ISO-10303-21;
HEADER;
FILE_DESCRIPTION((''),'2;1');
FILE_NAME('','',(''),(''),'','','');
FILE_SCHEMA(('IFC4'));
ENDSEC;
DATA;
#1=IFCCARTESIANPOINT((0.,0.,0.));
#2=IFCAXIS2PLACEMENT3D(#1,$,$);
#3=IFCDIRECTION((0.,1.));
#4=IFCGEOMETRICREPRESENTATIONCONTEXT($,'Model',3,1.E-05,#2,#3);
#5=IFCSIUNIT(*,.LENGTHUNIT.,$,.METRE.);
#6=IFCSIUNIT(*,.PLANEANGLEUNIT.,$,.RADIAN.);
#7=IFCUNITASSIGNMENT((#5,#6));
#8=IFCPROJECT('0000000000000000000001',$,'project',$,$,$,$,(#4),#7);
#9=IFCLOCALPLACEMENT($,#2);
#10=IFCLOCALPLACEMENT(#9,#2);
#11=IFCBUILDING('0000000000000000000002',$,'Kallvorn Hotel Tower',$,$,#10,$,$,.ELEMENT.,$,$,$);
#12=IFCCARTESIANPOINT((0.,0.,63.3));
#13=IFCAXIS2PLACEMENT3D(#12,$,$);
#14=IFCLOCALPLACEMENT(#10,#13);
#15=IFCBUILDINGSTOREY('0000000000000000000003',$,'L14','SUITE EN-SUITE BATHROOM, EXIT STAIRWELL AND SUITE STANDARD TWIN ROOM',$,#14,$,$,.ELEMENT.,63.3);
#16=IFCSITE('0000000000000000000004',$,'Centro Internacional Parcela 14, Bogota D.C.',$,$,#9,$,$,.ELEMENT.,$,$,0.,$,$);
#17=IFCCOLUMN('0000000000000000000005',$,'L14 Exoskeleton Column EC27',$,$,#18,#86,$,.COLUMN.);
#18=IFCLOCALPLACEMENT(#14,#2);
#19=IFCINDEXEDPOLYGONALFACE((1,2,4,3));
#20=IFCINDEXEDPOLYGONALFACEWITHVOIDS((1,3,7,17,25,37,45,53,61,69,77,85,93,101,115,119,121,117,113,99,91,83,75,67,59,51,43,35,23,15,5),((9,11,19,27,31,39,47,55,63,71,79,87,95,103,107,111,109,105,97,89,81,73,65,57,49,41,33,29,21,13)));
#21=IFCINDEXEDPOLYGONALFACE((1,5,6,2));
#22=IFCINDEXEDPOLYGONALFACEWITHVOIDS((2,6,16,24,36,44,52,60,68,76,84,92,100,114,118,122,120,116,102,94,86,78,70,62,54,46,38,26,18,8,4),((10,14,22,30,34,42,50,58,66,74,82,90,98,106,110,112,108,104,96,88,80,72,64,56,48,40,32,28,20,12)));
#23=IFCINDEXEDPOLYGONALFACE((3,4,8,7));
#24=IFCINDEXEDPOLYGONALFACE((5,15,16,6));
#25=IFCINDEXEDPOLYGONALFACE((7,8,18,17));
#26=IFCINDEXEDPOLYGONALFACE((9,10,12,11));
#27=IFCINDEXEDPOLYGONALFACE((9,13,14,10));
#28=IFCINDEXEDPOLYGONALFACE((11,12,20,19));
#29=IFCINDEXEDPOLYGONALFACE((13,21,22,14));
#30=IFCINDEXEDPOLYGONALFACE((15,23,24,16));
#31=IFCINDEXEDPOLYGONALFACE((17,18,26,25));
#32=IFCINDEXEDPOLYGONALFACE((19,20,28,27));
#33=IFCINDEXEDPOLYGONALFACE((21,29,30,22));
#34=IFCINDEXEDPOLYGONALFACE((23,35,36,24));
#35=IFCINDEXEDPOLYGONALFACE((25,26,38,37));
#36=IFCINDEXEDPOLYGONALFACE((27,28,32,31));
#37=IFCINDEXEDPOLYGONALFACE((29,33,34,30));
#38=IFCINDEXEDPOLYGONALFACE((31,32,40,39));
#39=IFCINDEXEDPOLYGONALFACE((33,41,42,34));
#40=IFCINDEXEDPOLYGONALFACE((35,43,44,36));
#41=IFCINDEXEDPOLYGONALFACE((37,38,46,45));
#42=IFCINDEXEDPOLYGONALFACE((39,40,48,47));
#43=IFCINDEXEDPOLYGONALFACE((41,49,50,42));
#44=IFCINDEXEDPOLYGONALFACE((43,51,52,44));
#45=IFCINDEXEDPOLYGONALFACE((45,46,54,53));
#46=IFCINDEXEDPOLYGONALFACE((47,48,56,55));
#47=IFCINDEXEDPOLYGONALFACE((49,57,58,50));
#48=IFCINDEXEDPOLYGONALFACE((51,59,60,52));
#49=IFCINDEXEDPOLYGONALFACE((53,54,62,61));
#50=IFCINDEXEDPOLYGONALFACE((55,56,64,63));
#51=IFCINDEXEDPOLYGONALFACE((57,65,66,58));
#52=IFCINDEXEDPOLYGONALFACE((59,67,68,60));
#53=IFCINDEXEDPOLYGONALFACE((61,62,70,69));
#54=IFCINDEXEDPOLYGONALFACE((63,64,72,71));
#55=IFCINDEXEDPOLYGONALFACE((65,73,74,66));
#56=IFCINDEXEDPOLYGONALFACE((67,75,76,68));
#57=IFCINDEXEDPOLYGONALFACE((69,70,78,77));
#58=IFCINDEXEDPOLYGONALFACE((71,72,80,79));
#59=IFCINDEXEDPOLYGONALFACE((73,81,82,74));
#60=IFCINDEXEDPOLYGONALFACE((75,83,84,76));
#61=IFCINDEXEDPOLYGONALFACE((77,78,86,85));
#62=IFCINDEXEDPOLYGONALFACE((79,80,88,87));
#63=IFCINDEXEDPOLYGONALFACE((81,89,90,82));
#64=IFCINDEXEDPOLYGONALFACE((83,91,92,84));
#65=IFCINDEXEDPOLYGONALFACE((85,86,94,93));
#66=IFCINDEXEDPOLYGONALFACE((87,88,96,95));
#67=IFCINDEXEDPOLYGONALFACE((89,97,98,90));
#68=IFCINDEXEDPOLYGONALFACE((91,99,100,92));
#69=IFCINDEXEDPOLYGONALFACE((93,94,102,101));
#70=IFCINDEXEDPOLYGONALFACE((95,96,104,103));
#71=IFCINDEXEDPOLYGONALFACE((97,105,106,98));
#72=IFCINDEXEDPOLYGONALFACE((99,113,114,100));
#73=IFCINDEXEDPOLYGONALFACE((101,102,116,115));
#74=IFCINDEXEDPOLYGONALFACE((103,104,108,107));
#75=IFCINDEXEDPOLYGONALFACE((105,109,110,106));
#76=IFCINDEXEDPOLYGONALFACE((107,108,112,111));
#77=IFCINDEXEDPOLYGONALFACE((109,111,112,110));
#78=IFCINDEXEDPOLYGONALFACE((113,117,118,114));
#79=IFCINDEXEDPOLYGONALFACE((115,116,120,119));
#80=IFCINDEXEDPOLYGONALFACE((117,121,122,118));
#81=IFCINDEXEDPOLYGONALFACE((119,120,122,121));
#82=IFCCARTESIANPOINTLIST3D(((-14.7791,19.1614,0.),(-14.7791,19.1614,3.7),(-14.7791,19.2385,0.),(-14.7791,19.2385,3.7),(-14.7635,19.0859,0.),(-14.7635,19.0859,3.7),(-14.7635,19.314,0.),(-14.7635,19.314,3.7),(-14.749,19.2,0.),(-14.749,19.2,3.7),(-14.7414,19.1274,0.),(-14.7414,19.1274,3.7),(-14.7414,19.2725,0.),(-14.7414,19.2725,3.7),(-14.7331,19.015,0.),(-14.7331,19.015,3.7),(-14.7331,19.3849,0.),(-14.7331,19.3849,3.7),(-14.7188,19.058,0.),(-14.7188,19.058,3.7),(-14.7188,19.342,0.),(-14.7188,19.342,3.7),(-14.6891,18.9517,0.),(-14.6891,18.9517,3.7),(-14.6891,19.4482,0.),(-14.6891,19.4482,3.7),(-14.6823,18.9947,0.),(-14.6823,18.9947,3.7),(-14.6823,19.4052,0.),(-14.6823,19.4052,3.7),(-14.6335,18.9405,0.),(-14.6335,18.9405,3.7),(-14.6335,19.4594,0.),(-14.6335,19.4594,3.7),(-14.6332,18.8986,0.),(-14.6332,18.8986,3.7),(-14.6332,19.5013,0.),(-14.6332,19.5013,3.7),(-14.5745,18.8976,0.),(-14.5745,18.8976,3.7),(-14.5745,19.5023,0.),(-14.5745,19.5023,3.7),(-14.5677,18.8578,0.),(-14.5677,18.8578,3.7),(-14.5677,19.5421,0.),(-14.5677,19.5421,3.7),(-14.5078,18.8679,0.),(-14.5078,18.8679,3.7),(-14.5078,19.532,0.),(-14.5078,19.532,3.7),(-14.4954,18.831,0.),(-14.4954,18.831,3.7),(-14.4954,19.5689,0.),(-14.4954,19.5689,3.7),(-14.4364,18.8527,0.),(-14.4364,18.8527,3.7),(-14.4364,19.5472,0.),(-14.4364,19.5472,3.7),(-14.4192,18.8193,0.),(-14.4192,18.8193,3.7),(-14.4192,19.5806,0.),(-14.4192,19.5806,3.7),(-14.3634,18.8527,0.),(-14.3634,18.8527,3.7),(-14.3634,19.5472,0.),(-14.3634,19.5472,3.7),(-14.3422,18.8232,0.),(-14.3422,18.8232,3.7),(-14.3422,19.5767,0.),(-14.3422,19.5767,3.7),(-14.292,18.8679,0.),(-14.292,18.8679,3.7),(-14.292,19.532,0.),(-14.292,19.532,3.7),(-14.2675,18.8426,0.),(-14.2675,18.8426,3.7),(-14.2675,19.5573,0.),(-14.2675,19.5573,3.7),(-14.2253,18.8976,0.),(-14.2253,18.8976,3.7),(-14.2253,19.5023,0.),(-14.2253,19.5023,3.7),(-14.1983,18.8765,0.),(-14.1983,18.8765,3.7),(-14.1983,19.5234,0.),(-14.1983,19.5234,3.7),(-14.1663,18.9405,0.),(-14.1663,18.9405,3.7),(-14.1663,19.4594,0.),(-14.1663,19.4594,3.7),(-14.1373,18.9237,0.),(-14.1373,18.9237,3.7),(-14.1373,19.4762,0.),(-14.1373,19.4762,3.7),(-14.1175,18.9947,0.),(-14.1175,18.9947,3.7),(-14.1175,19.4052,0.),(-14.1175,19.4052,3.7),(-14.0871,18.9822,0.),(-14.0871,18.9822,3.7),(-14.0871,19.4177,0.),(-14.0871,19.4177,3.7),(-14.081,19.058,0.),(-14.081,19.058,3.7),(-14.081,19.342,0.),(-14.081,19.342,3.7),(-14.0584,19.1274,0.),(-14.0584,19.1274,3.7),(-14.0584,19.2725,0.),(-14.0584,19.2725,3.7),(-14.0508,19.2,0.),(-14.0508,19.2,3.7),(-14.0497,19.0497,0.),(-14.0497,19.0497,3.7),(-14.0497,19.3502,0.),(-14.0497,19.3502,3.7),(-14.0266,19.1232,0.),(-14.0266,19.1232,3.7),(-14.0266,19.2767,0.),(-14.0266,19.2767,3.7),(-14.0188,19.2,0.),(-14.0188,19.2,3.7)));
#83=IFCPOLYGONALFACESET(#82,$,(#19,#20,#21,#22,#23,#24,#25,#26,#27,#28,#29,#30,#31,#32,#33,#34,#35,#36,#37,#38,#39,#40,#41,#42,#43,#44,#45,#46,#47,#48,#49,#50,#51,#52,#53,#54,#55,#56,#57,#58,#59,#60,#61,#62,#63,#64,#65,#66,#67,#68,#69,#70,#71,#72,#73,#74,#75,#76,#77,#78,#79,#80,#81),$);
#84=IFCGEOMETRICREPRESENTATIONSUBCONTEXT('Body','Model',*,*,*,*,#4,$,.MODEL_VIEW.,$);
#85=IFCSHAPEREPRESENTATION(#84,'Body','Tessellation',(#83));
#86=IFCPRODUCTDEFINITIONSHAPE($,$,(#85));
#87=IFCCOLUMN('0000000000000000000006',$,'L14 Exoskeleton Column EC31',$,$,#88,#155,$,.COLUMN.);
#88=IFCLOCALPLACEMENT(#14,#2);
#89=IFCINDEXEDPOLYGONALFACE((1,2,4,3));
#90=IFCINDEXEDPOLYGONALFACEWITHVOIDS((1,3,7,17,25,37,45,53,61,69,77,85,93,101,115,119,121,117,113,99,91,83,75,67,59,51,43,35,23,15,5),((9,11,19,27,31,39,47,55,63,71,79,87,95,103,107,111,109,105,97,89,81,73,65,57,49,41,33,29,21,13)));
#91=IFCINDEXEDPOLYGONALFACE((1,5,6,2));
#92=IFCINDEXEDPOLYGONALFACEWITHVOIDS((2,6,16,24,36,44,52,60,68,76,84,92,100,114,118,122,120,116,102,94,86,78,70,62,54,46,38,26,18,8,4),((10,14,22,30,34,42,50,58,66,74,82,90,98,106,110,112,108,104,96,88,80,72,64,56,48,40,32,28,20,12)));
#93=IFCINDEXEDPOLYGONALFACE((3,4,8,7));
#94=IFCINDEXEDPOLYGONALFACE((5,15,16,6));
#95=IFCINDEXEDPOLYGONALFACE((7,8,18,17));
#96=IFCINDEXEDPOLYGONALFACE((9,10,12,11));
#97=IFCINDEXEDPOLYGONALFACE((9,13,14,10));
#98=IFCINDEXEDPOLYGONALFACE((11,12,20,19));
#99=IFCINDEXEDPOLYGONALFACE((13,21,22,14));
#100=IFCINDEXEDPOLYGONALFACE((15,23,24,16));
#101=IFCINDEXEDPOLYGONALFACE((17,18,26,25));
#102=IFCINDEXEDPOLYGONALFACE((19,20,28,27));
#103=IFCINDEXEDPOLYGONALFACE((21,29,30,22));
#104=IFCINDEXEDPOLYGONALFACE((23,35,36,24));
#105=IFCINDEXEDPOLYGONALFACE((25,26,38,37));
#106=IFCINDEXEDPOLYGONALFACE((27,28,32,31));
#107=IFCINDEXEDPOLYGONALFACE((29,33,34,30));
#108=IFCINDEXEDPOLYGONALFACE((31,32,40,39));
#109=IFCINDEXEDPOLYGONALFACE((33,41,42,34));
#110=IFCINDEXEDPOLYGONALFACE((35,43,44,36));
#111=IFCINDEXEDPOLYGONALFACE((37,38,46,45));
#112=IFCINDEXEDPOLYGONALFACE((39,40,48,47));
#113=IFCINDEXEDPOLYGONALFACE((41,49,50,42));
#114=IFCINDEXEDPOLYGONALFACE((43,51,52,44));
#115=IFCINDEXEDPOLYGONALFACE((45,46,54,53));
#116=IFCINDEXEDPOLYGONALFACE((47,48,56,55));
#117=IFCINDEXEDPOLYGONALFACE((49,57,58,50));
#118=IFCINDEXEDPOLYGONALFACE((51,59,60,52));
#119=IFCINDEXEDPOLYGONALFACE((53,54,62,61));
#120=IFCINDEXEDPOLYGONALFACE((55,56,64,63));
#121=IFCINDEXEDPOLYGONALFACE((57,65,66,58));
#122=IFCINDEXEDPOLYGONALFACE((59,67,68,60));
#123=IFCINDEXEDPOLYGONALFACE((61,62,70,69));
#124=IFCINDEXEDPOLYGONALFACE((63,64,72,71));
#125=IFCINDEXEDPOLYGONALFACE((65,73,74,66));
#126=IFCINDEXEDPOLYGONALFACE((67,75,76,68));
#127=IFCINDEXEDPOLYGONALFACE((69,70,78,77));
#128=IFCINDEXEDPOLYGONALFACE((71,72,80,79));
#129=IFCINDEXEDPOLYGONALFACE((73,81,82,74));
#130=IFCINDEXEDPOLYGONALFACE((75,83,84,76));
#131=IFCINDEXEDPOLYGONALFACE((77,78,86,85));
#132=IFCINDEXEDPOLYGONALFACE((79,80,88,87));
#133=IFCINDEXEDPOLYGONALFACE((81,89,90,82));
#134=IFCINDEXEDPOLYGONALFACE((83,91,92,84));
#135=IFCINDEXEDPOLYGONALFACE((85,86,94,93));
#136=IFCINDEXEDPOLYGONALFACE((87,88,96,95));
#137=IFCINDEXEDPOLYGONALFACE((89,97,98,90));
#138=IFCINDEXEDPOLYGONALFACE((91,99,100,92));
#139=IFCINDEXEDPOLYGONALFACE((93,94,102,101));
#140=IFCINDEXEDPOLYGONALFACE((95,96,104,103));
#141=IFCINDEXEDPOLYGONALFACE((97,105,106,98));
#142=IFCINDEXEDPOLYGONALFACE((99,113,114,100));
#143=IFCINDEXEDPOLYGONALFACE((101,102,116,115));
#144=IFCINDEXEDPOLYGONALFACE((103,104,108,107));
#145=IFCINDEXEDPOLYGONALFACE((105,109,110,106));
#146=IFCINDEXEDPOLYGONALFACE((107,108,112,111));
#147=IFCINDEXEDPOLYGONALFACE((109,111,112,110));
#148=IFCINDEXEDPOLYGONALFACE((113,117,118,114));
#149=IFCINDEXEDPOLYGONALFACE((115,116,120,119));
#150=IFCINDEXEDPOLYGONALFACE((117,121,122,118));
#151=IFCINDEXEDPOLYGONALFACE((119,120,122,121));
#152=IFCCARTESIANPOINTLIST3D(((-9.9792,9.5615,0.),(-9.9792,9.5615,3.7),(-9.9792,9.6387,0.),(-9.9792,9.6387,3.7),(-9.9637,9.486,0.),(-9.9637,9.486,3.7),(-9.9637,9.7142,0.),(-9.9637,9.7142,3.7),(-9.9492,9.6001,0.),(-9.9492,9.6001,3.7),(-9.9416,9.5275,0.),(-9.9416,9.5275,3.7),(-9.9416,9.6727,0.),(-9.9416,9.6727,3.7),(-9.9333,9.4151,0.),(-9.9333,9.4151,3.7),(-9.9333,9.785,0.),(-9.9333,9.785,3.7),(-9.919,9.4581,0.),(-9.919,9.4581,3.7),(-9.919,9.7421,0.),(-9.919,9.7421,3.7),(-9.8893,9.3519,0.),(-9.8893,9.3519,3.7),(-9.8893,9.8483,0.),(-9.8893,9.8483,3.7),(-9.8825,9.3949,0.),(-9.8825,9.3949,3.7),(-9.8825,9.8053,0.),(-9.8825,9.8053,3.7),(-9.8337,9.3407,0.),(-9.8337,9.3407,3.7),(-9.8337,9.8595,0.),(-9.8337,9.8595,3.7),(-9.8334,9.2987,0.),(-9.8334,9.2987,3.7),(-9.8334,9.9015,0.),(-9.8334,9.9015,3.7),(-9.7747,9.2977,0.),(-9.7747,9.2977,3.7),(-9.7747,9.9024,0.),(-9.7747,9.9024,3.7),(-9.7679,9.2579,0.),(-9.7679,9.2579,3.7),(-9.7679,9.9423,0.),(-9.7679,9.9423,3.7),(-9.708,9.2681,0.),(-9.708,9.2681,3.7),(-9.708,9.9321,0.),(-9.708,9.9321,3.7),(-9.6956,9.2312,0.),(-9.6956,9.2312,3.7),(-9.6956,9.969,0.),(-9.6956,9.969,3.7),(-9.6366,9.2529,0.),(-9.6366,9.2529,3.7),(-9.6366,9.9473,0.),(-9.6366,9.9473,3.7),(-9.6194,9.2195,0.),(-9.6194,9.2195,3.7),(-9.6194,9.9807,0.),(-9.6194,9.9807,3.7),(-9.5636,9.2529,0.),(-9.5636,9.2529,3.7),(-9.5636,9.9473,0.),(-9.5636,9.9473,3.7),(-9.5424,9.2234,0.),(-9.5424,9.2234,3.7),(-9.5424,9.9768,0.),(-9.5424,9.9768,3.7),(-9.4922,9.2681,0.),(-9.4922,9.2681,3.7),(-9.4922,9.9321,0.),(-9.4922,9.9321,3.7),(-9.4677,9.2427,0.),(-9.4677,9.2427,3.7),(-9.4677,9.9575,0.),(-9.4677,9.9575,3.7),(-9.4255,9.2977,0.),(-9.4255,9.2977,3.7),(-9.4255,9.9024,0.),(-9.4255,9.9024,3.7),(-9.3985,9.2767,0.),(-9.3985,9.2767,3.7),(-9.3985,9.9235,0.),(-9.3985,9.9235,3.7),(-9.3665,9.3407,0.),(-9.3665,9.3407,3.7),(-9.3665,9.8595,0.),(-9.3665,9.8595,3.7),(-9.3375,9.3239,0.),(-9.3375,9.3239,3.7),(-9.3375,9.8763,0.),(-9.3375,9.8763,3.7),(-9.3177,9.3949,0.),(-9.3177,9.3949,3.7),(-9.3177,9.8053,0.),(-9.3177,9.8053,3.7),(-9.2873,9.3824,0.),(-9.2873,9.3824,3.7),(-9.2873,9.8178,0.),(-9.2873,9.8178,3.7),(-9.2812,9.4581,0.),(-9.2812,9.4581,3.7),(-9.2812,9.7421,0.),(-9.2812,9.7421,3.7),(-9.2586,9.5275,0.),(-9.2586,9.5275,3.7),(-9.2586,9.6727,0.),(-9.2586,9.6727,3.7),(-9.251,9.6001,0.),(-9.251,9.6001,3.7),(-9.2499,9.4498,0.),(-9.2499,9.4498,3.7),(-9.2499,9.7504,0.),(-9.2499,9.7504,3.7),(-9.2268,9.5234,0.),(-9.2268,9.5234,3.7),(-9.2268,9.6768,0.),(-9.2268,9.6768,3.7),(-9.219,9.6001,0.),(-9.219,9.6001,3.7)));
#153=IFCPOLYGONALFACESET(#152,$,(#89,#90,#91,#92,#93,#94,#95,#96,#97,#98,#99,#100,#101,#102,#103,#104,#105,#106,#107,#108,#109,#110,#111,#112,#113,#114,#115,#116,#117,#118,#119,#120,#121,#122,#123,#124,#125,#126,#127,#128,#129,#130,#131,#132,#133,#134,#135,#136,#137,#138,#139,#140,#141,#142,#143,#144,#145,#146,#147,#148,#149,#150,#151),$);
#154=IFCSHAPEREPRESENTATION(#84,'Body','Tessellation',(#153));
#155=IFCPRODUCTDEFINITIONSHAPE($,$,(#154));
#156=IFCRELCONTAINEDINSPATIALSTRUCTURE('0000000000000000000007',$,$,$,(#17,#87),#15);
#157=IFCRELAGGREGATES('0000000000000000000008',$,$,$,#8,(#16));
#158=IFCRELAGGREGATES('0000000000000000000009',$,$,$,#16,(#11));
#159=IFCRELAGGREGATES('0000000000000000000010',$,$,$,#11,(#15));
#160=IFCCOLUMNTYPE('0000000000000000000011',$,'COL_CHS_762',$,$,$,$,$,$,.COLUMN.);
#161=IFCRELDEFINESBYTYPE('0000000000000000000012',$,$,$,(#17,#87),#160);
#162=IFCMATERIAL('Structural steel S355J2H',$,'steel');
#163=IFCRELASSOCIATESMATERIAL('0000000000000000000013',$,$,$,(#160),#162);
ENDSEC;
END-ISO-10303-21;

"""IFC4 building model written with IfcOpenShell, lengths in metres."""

from ifc_helpers import new_model, si_unit, direction, frame, origin, origin_2d, place, context, subcontext, project, spatial, hollow_circle, extrude, material, material_profile, profile_set, type_object, element, save


model = new_model("IFC4")

# Units and contexts
model_context = context("Model", 3, precision=1e-05, world=origin(), true_north=direction((0.0, 1.0)))
body_context = subcontext(model_context, "Body", "Model", "MODEL_VIEW")
ifc_project = project(units=[si_unit("LENGTHUNIT", "METRE"), si_unit("PLANEANGLEUNIT", "RADIAN")], contexts=[model_context])

# Site, building, storey
site_placement = place(None, origin())
site = spatial("IfcSite", under=ifc_project, at=site_placement, Name="Centro Internacional Parcela 14, Bogota D.C.", CompositionType="ELEMENT", RefElevation=0.0)
building_placement = place(site_placement, origin())
building = spatial("IfcBuilding", under=site, at=building_placement, Name="Kallvorn Hotel Tower", CompositionType="ELEMENT")
storey_placement = place(building_placement, frame((0.0, 0.0, 63.3)))
storey = spatial("IfcBuildingStorey", under=building, at=storey_placement, Name="L14", Description="SUITE EN-SUITE BATHROOM, EXIT STAIRWELL AND SUITE STANDARD TWIN ROOM", CompositionType="ELEMENT", Elevation=63.3)

# Columns
ifc_material_1 = material(Name="Structural steel S355J2H", Category="steel")
ifc_material_profile_1 = material_profile(ifc_material_1, hollow_circle(Radius=0.3811, WallThickness=0.032, at=origin_2d()), Name="CHS 762x32")
ifc_profile_set_1 = profile_set([ifc_material_profile_1], Name="Structural steel S355J2H")
column_type_1 = type_object("IfcColumnType", Name="COL_CHS_762", PredefinedType="COLUMN", material=ifc_profile_set_1)
for number, where, z_axis, x_axis, name in (
    (1, (-14.3999, 19.2, 0.0), (0.0, 0.0, 1.0), (1.0, 0.0, 0.0), "L14 Exoskeleton Column EC27"),
    (2, (-9.6001, 9.6001, 0.0), (0.0, 0.0, 1.0), (1.0, 0.0, 0.0), "L14 Exoskeleton Column EC31"),
):
    element("IfcColumn", number, at=place(storey_placement, frame(where, z_axis=z_axis, x_axis=x_axis)), inside=storey, type_object=column_type_1, Name=name, PredefinedType="COLUMN", context=body_context, shape_type="SweptSolid", body=[
        extrude(hollow_circle(Radius=0.3811, WallThickness=0.032, at=origin_2d()), origin(), (0.0, 0.0, 1.0), 3.7),
    ])

save(model, "model.ifc")
